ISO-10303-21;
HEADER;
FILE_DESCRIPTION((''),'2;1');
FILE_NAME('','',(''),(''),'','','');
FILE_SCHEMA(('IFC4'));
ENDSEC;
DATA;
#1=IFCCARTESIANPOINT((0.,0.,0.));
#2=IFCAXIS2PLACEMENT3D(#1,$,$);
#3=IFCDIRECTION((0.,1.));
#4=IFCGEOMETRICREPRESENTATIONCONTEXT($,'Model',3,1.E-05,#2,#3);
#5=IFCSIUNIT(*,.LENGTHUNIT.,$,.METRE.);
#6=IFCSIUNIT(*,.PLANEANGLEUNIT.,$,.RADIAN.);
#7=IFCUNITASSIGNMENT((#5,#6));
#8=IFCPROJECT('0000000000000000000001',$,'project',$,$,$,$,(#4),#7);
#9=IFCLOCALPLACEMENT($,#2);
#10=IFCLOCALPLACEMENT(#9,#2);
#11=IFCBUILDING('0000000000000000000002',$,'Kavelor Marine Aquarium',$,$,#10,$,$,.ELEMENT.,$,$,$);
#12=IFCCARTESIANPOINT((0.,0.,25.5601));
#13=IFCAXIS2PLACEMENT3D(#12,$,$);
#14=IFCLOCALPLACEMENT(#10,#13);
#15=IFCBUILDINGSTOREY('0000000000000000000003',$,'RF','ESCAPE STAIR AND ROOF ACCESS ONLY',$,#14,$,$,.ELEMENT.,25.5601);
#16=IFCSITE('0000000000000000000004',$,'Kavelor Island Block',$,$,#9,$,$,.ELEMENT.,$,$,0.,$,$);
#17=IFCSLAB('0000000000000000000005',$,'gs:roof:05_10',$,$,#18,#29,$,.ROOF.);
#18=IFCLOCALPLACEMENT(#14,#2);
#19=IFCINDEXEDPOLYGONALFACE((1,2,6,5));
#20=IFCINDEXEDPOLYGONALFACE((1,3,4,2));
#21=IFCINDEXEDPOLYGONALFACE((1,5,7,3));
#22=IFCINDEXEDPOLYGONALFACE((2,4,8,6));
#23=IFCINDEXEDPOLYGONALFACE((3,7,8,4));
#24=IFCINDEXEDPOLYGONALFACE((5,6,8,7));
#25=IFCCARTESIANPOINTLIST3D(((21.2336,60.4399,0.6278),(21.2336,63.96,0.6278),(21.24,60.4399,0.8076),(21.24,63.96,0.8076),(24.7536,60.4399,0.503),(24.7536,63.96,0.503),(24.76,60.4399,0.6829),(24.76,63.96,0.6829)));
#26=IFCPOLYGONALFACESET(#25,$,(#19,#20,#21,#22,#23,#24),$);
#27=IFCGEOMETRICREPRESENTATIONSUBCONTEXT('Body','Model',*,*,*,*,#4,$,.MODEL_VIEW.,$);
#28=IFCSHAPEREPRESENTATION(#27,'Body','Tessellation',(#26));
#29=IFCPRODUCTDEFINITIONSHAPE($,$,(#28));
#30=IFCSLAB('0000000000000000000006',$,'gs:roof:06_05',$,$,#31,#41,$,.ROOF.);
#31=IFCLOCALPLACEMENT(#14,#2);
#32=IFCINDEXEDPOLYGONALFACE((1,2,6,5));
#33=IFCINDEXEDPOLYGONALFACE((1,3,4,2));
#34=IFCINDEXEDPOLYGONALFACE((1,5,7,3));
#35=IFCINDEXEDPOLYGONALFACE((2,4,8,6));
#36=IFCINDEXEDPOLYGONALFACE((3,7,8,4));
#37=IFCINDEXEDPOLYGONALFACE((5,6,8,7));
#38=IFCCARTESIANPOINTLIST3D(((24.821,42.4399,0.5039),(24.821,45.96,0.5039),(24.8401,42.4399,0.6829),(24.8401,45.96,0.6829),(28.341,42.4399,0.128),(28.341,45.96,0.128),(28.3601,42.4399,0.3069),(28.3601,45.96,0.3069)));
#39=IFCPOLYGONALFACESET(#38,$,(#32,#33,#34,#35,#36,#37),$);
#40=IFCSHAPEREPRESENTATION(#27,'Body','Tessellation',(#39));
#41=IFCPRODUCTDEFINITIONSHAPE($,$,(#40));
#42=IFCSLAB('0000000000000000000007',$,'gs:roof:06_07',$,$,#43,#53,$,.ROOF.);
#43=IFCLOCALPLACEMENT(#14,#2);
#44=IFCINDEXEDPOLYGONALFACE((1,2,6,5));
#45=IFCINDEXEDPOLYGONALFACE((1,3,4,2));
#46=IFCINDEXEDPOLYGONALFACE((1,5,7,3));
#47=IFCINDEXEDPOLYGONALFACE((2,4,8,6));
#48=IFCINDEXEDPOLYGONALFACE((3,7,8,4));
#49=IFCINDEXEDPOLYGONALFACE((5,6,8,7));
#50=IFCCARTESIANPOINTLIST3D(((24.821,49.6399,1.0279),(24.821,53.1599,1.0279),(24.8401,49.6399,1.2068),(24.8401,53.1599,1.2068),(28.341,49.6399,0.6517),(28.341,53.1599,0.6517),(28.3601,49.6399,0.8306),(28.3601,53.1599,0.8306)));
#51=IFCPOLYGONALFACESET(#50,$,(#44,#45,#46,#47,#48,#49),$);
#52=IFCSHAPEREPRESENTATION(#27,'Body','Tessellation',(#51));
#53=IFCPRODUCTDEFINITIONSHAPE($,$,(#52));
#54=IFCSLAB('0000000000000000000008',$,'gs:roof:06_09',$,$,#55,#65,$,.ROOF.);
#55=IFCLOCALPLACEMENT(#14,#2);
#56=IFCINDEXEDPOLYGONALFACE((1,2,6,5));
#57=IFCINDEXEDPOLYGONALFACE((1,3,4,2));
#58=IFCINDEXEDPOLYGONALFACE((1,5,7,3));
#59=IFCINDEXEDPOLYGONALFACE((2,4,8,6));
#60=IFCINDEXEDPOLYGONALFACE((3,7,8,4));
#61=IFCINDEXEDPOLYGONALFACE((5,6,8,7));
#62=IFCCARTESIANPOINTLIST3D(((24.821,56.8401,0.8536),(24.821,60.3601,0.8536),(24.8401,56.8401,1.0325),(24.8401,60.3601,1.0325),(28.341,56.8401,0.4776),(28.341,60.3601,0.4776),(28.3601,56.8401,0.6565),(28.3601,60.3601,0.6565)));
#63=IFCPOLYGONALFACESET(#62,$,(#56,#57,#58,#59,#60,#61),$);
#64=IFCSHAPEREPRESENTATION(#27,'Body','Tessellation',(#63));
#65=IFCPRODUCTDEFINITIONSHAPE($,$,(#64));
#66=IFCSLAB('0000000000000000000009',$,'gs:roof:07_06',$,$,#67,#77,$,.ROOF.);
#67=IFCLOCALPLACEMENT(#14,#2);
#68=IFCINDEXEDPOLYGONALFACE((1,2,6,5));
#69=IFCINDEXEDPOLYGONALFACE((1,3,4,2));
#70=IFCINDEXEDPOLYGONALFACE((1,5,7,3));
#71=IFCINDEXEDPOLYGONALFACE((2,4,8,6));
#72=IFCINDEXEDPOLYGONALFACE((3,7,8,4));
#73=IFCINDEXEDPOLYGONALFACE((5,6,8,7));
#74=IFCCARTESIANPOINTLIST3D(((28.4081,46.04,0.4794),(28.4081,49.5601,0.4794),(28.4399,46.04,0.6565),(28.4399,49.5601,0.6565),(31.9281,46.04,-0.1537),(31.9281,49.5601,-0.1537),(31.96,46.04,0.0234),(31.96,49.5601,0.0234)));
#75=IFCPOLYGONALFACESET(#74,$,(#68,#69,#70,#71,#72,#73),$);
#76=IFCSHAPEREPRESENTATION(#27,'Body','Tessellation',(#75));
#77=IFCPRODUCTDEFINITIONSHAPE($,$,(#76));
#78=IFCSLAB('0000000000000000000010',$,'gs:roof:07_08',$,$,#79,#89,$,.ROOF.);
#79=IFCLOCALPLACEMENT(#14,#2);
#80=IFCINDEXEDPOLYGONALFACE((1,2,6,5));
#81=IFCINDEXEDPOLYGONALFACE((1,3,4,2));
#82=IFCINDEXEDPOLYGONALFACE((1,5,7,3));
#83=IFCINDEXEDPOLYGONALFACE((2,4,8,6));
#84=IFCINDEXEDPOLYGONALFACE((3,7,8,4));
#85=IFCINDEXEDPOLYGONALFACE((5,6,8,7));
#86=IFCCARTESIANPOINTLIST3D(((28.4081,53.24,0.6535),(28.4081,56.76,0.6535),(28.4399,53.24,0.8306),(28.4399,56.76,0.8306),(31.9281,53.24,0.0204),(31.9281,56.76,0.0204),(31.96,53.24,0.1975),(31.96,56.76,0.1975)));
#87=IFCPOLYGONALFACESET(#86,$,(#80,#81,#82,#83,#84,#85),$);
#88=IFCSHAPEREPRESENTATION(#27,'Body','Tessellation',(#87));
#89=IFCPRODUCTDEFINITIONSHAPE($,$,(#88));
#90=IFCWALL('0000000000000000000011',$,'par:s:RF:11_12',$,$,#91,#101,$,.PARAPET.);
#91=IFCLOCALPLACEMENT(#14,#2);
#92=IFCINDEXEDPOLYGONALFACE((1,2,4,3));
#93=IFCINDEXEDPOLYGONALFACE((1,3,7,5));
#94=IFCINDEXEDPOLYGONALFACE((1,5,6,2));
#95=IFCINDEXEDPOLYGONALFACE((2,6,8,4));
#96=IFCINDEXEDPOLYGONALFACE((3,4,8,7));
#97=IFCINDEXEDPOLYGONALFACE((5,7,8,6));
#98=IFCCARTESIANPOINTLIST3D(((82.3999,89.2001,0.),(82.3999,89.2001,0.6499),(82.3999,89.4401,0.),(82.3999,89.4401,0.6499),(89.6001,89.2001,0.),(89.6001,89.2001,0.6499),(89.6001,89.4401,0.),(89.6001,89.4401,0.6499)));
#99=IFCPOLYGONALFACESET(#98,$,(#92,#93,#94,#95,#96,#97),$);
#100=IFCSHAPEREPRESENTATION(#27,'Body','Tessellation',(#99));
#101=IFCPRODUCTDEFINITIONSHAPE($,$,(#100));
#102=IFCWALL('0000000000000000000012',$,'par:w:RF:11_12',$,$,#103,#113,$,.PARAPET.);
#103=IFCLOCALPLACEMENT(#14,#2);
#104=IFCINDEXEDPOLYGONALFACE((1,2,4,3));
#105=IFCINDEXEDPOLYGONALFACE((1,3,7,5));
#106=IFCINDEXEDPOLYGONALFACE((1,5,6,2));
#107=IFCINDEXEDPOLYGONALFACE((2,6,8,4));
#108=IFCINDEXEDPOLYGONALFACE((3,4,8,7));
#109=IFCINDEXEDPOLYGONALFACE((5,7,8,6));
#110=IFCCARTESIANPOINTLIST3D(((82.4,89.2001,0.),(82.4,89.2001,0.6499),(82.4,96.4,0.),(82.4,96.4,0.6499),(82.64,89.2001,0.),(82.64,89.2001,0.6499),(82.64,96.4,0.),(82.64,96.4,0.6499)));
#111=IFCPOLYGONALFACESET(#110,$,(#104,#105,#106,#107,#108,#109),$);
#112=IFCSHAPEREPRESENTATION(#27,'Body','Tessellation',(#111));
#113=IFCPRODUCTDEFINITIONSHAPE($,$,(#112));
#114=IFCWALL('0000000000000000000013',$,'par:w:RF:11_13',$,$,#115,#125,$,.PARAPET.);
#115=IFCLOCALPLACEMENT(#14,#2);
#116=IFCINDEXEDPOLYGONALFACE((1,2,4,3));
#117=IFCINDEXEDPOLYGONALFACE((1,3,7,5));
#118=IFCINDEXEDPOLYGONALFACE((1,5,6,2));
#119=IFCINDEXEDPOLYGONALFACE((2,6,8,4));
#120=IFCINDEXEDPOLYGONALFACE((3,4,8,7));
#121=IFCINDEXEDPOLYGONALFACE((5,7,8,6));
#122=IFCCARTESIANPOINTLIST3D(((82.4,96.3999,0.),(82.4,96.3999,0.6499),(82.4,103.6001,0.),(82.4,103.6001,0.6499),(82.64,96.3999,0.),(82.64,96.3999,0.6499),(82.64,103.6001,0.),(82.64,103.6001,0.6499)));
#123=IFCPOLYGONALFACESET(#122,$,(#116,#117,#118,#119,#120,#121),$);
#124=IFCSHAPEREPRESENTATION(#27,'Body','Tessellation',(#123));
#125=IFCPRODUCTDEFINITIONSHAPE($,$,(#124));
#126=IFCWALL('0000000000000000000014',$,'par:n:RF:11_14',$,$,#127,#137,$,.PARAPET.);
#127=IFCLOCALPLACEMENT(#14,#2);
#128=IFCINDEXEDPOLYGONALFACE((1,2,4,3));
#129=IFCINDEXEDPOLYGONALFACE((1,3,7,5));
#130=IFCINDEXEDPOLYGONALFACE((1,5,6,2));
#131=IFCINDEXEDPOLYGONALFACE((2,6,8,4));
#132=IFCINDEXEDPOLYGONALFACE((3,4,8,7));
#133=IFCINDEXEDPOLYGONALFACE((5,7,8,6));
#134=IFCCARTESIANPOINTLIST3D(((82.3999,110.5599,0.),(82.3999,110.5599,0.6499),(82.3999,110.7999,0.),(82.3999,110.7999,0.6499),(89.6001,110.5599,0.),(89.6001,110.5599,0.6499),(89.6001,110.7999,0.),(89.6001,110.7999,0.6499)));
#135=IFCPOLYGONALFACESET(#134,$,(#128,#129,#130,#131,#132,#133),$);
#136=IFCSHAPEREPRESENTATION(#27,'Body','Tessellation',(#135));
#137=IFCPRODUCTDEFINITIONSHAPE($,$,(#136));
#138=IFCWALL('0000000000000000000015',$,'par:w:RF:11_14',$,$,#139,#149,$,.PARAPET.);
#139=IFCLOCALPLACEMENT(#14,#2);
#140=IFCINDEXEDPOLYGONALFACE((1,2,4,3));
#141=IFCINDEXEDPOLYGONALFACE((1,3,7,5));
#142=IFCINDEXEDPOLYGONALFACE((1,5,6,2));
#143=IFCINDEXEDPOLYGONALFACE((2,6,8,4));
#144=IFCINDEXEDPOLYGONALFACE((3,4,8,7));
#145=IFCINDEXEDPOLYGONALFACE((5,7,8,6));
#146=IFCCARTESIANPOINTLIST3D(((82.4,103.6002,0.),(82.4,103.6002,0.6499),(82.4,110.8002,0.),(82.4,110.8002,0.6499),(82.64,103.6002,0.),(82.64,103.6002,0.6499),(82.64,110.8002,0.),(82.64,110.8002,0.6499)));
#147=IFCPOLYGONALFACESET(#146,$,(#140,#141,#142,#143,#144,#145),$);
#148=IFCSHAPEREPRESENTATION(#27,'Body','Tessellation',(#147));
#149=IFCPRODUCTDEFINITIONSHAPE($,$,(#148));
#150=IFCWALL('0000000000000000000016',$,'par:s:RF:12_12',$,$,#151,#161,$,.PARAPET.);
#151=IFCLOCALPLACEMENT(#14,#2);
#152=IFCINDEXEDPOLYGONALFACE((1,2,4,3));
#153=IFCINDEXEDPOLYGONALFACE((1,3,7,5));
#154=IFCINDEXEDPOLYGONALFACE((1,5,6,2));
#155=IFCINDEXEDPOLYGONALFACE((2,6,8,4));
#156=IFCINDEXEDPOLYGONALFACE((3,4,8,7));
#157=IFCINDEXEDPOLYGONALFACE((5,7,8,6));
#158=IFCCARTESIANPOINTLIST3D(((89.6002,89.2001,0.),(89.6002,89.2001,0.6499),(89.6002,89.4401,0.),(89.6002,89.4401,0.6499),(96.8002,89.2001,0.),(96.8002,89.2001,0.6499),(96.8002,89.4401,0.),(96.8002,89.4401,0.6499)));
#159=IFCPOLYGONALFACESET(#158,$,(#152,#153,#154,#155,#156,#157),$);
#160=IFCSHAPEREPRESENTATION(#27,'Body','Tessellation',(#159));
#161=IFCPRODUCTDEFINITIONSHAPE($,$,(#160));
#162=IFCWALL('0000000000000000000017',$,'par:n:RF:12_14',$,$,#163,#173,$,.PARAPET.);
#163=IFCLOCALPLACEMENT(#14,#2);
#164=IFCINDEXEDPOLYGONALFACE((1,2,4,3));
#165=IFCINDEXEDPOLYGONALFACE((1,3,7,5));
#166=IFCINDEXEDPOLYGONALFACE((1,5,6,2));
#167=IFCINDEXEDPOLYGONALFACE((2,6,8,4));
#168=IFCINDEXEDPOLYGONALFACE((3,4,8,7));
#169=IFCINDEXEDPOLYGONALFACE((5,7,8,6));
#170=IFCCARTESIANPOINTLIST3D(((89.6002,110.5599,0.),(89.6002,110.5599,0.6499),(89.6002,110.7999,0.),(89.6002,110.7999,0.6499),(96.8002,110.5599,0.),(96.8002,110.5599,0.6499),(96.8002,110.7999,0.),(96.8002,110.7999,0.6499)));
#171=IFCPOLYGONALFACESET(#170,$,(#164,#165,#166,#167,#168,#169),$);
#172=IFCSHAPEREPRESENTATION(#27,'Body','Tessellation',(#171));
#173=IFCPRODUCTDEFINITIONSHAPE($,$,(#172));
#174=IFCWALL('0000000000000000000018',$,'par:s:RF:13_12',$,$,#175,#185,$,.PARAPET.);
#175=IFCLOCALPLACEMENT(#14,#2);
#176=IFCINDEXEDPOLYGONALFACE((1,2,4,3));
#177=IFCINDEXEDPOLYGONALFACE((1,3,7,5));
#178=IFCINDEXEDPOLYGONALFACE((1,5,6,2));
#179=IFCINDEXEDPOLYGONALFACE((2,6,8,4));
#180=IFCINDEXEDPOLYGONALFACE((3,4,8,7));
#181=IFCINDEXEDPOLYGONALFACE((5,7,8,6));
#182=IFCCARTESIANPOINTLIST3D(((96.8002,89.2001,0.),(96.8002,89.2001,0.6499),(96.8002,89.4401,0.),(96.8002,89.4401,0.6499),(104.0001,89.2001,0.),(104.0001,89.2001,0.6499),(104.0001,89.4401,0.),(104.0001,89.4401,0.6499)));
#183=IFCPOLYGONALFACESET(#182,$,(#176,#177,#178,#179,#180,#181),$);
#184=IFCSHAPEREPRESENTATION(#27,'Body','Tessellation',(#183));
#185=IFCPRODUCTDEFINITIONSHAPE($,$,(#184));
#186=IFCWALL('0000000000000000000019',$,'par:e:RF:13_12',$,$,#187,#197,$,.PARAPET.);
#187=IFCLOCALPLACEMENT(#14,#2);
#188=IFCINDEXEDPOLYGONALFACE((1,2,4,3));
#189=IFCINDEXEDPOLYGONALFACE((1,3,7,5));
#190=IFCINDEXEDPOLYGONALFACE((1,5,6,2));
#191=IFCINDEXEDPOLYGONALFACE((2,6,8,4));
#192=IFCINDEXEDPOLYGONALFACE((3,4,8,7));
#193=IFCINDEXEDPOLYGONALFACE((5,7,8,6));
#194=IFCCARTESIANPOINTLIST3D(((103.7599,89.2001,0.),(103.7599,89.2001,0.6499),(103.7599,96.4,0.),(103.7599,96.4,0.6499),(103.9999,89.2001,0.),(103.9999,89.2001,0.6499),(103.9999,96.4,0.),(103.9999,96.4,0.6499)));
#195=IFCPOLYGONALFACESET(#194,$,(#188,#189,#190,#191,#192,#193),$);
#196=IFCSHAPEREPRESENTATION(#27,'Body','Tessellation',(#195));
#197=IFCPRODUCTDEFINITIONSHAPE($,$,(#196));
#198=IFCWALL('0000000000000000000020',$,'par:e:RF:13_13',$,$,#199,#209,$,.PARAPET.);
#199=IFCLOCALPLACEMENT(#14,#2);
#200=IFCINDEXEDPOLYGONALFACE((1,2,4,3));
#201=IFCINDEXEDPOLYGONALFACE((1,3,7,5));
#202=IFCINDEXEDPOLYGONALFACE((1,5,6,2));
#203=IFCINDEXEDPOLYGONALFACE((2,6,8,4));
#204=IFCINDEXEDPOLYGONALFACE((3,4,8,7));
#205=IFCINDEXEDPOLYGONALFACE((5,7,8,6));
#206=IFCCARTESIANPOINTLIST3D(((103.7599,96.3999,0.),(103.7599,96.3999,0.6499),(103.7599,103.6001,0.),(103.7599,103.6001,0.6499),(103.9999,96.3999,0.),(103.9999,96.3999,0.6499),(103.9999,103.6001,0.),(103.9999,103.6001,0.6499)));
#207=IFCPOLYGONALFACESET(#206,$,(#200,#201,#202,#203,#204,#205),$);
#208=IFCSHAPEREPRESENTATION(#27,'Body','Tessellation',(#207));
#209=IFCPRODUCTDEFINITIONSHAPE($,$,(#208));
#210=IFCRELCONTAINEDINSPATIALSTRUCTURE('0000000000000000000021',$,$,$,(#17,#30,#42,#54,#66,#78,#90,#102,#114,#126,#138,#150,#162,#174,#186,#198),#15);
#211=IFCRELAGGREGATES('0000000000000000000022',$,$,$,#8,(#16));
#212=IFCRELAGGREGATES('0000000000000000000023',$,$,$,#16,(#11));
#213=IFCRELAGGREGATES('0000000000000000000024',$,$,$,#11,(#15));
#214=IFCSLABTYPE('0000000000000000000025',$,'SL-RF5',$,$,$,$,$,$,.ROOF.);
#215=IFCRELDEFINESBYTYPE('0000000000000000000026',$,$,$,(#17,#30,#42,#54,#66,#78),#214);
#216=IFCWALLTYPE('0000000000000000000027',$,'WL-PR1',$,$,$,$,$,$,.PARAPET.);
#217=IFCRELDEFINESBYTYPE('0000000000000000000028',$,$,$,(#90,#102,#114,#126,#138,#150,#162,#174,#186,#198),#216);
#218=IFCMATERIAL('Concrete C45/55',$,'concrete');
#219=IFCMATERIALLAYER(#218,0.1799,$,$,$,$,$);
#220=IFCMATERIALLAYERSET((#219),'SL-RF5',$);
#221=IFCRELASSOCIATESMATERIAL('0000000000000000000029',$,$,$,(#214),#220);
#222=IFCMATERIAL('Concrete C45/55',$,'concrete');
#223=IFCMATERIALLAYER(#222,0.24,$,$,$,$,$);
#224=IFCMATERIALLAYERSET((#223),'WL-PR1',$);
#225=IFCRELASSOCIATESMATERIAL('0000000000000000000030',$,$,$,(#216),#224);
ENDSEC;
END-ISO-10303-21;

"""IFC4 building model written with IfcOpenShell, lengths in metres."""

from ifc_helpers import new_model, si_unit, direction, frame, frame_2d, origin, place, context, subcontext, project, spatial, polyline, rectangle, outline, extrude, material, layer, layer_set, type_object, element, save


model = new_model("IFC4")

# Units and contexts
model_context = context("Model", 3, precision=1e-05, world=origin(), true_north=direction((0.0, 1.0)))
body_context = subcontext(model_context, "Body", "Model", "MODEL_VIEW")
ifc_project = project(units=[si_unit("LENGTHUNIT", "METRE"), si_unit("PLANEANGLEUNIT", "RADIAN")], contexts=[model_context])

# Site, building, storey
site_placement = place(None, origin())
site = spatial("IfcSite", under=ifc_project, at=site_placement, Name="Kavelor Island Block", CompositionType="ELEMENT", RefElevation=0.0)
building_placement = place(site_placement, origin())
building = spatial("IfcBuilding", under=site, at=building_placement, Name="Kavelor Marine Aquarium", CompositionType="ELEMENT")
storey_placement = place(building_placement, frame((0.0, 0.0, 25.5601)))
storey = spatial("IfcBuildingStorey", under=building, at=storey_placement, Name="RF", Description="ESCAPE STAIR AND ROOF ACCESS ONLY", CompositionType="ELEMENT", Elevation=25.5601)

# Slabs
ifc_material_1 = material(Name="Concrete C45/55", Category="concrete")
ifc_layer_1 = layer(ifc_material_1, 0.1799)
ifc_layer_set_1 = layer_set([ifc_layer_1], Name="SL-RF5")
slab_type_1 = type_object("IfcSlabType", Name="SL-RF5", PredefinedType="ROOF", material=ifc_layer_set_1)
for number, where, z_axis, x_axis, name in (
    (1, (21.24, 60.4399, 0.8076), (0.03542, 0.0, 0.999373), (0.999373, 0.0, -0.03542), "gs:roof:05_10"),
):
    element("IfcSlab", number, at=place(storey_placement, frame(where, z_axis=z_axis, x_axis=x_axis)), inside=storey, type_object=slab_type_1, Name=name, PredefinedType="ROOF", context=body_context, shape_type="SweptSolid", body=[
        extrude(outline(polyline([(0.0, 0.0), (3.5222, 0.0), (3.5222, 3.52), (0.0, 3.52), (0.0, 0.0)])), origin(), (0.0, 0.0, -1.0), 0.1799),
    ])
slab_1_placement = place(storey_placement, frame((24.8401, 42.4399, 0.6829), z_axis=(0.106207, 0.0, 0.994344), x_axis=(0.994344, 0.0, -0.106207)))
element("IfcSlab", 2, at=slab_1_placement, inside=storey, type_object=slab_type_1, Name="gs:roof:06_05", PredefinedType="ROOF", context=body_context, shape_type="SweptSolid", body=[
    extrude(outline(polyline([(0.0, 0.0), (3.54, 0.0), (3.54, 3.52), (0.0, 3.52), (0.0, 0.0)])), origin(), (0.0, 0.0, -1.0), 0.1799),
])
slab_2_placement = place(storey_placement, frame((24.8401, 49.6399, 1.2068), z_axis=(0.106275, 0.0, 0.994337), x_axis=(0.994337, 0.0, -0.106275)))
element("IfcSlab", 3, at=slab_2_placement, inside=storey, type_object=slab_type_1, Name="gs:roof:06_07", PredefinedType="ROOF", context=body_context, shape_type="SweptSolid", body=[
    extrude(outline(polyline([(0.0, 0.0), (3.5401, 0.0), (3.5401, 3.52), (0.0, 3.52), (0.0, 0.0)])), origin(), (0.0, 0.0, -1.0), 0.1799),
])
slab_3_placement = place(storey_placement, frame((24.8401, 56.8401, 1.0325), z_axis=(0.106207, 0.0, 0.994344), x_axis=(0.994344, 0.0, -0.106207)))
element("IfcSlab", 4, at=slab_3_placement, inside=storey, type_object=slab_type_1, Name="gs:roof:06_09", PredefinedType="ROOF", context=body_context, shape_type="SweptSolid", body=[
    extrude(outline(polyline([(0.0, 0.0), (3.54, 0.0), (3.54, 3.52), (0.0, 3.52), (0.0, 0.0)])), origin(), (0.0, 0.0, -1.0), 0.1799),
])
for number, where, z_axis, x_axis, name in (
    (5, (28.4399, 46.04, 0.6565), (0.177005, 0.0, 0.98421), (0.98421, 0.0, -0.177005), "gs:roof:07_06"),
    (6, (28.4399, 53.24, 0.8306), (0.177005, 0.0, 0.98421), (0.98421, 0.0, -0.177005), "gs:roof:07_08"),
):
    element("IfcSlab", number, at=place(storey_placement, frame(where, z_axis=z_axis, x_axis=x_axis)), inside=storey, type_object=slab_type_1, Name=name, PredefinedType="ROOF", context=body_context, shape_type="SweptSolid", body=[
        extrude(outline(polyline([(0.0, 0.0), (3.5765, 0.0), (3.5765, 3.52), (0.0, 3.52), (0.0, 0.0)])), origin(), (0.0, 0.0, -1.0), 0.1799),
    ])

# Walls
ifc_material_2 = material(Name="Concrete C45/55", Category="concrete")
ifc_layer_2 = layer(ifc_material_2, 0.24)
ifc_layer_set_2 = layer_set([ifc_layer_2], Name="WL-PR1")
wall_type = type_object("IfcWallType", Name="WL-PR1", PredefinedType="PARAPET", material=ifc_layer_set_2)
wall_1_placement = place(storey_placement, frame((82.3999, 89.3201, 0.0), z_axis=(0.0, 0.0, 1.0), x_axis=(1.0, 0.0, 0.0)))
element("IfcWall", 7, at=wall_1_placement, inside=storey, type_object=wall_type, Name="par:s:RF:11_12", PredefinedType="PARAPET", context=body_context, shape_type="SweptSolid", body=[
    extrude(rectangle(XDim=7.2002, YDim=0.24, at=frame_2d((3.6001, 0.0))), origin(), (0.0, 0.0, 1.0), 0.6499),
])
wall_2_placement = place(storey_placement, frame((82.52, 89.2, 0.0), z_axis=(0.0, 0.0, 1.0), x_axis=(0.0, 1.0, 0.0)))
element("IfcWall", 8, at=wall_2_placement, inside=storey, type_object=wall_type, Name="par:w:RF:11_12", PredefinedType="PARAPET", context=body_context, shape_type="SweptSolid", body=[
    extrude(rectangle(XDim=7.2, YDim=0.24, at=frame_2d((3.6001, 0.0))), origin(), (0.0, 0.0, 1.0), 0.6499),
])
for number, where, z_axis, x_axis, name in (
    (9, (82.52, 96.3999, 0.0), (0.0, 0.0, 1.0), (0.0, 1.0, 0.0), "par:w:RF:11_13"),
    (10, (82.3999, 110.6799, 0.0), (0.0, 0.0, 1.0), (1.0, 0.0, 0.0), "par:n:RF:11_14"),
):
    element("IfcWall", number, at=place(storey_placement, frame(where, z_axis=z_axis, x_axis=x_axis)), inside=storey, type_object=wall_type, Name=name, PredefinedType="PARAPET", context=body_context, shape_type="SweptSolid", body=[
        extrude(rectangle(XDim=7.2002, YDim=0.24, at=frame_2d((3.6001, 0.0))), origin(), (0.0, 0.0, 1.0), 0.6499),
    ])
for number, where, z_axis, x_axis, name in (
    (11, (82.52, 103.6001, 0.0), (0.0, 0.0, 1.0), (0.0, 1.0, 0.0), "par:w:RF:11_14"),
    (12, (89.6001, 89.3201, 0.0), (0.0, 0.0, 1.0), (1.0, 0.0, 0.0), "par:s:RF:12_12"),
    (13, (89.6001, 110.6799, 0.0), (0.0, 0.0, 1.0), (1.0, 0.0, 0.0), "par:n:RF:12_14"),
    (14, (96.8, 89.3201, 0.0), (0.0, 0.0, 1.0), (1.0, 0.0, 0.0), "par:s:RF:13_12"),
    (15, (103.8799, 89.2, 0.0), (0.0, 0.0, 1.0), (0.0, 1.0, 0.0), "par:e:RF:13_12"),
):
    element("IfcWall", number, at=place(storey_placement, frame(where, z_axis=z_axis, x_axis=x_axis)), inside=storey, type_object=wall_type, Name=name, PredefinedType="PARAPET", context=body_context, shape_type="SweptSolid", body=[
        extrude(rectangle(XDim=7.2, YDim=0.24, at=frame_2d((3.6001, 0.0))), origin(), (0.0, 0.0, 1.0), 0.6499),
    ])
wall_3_placement = place(storey_placement, frame((103.8799, 96.3999, 0.0), z_axis=(0.0, 0.0, 1.0), x_axis=(0.0, 1.0, 0.0)))
element("IfcWall", 16, at=wall_3_placement, inside=storey, type_object=wall_type, Name="par:e:RF:13_13", PredefinedType="PARAPET", context=body_context, shape_type="SweptSolid", body=[
    extrude(rectangle(XDim=7.2002, YDim=0.24, at=frame_2d((3.6001, 0.0))), origin(), (0.0, 0.0, 1.0), 0.6499),
])

save(model, "model.ifc")
